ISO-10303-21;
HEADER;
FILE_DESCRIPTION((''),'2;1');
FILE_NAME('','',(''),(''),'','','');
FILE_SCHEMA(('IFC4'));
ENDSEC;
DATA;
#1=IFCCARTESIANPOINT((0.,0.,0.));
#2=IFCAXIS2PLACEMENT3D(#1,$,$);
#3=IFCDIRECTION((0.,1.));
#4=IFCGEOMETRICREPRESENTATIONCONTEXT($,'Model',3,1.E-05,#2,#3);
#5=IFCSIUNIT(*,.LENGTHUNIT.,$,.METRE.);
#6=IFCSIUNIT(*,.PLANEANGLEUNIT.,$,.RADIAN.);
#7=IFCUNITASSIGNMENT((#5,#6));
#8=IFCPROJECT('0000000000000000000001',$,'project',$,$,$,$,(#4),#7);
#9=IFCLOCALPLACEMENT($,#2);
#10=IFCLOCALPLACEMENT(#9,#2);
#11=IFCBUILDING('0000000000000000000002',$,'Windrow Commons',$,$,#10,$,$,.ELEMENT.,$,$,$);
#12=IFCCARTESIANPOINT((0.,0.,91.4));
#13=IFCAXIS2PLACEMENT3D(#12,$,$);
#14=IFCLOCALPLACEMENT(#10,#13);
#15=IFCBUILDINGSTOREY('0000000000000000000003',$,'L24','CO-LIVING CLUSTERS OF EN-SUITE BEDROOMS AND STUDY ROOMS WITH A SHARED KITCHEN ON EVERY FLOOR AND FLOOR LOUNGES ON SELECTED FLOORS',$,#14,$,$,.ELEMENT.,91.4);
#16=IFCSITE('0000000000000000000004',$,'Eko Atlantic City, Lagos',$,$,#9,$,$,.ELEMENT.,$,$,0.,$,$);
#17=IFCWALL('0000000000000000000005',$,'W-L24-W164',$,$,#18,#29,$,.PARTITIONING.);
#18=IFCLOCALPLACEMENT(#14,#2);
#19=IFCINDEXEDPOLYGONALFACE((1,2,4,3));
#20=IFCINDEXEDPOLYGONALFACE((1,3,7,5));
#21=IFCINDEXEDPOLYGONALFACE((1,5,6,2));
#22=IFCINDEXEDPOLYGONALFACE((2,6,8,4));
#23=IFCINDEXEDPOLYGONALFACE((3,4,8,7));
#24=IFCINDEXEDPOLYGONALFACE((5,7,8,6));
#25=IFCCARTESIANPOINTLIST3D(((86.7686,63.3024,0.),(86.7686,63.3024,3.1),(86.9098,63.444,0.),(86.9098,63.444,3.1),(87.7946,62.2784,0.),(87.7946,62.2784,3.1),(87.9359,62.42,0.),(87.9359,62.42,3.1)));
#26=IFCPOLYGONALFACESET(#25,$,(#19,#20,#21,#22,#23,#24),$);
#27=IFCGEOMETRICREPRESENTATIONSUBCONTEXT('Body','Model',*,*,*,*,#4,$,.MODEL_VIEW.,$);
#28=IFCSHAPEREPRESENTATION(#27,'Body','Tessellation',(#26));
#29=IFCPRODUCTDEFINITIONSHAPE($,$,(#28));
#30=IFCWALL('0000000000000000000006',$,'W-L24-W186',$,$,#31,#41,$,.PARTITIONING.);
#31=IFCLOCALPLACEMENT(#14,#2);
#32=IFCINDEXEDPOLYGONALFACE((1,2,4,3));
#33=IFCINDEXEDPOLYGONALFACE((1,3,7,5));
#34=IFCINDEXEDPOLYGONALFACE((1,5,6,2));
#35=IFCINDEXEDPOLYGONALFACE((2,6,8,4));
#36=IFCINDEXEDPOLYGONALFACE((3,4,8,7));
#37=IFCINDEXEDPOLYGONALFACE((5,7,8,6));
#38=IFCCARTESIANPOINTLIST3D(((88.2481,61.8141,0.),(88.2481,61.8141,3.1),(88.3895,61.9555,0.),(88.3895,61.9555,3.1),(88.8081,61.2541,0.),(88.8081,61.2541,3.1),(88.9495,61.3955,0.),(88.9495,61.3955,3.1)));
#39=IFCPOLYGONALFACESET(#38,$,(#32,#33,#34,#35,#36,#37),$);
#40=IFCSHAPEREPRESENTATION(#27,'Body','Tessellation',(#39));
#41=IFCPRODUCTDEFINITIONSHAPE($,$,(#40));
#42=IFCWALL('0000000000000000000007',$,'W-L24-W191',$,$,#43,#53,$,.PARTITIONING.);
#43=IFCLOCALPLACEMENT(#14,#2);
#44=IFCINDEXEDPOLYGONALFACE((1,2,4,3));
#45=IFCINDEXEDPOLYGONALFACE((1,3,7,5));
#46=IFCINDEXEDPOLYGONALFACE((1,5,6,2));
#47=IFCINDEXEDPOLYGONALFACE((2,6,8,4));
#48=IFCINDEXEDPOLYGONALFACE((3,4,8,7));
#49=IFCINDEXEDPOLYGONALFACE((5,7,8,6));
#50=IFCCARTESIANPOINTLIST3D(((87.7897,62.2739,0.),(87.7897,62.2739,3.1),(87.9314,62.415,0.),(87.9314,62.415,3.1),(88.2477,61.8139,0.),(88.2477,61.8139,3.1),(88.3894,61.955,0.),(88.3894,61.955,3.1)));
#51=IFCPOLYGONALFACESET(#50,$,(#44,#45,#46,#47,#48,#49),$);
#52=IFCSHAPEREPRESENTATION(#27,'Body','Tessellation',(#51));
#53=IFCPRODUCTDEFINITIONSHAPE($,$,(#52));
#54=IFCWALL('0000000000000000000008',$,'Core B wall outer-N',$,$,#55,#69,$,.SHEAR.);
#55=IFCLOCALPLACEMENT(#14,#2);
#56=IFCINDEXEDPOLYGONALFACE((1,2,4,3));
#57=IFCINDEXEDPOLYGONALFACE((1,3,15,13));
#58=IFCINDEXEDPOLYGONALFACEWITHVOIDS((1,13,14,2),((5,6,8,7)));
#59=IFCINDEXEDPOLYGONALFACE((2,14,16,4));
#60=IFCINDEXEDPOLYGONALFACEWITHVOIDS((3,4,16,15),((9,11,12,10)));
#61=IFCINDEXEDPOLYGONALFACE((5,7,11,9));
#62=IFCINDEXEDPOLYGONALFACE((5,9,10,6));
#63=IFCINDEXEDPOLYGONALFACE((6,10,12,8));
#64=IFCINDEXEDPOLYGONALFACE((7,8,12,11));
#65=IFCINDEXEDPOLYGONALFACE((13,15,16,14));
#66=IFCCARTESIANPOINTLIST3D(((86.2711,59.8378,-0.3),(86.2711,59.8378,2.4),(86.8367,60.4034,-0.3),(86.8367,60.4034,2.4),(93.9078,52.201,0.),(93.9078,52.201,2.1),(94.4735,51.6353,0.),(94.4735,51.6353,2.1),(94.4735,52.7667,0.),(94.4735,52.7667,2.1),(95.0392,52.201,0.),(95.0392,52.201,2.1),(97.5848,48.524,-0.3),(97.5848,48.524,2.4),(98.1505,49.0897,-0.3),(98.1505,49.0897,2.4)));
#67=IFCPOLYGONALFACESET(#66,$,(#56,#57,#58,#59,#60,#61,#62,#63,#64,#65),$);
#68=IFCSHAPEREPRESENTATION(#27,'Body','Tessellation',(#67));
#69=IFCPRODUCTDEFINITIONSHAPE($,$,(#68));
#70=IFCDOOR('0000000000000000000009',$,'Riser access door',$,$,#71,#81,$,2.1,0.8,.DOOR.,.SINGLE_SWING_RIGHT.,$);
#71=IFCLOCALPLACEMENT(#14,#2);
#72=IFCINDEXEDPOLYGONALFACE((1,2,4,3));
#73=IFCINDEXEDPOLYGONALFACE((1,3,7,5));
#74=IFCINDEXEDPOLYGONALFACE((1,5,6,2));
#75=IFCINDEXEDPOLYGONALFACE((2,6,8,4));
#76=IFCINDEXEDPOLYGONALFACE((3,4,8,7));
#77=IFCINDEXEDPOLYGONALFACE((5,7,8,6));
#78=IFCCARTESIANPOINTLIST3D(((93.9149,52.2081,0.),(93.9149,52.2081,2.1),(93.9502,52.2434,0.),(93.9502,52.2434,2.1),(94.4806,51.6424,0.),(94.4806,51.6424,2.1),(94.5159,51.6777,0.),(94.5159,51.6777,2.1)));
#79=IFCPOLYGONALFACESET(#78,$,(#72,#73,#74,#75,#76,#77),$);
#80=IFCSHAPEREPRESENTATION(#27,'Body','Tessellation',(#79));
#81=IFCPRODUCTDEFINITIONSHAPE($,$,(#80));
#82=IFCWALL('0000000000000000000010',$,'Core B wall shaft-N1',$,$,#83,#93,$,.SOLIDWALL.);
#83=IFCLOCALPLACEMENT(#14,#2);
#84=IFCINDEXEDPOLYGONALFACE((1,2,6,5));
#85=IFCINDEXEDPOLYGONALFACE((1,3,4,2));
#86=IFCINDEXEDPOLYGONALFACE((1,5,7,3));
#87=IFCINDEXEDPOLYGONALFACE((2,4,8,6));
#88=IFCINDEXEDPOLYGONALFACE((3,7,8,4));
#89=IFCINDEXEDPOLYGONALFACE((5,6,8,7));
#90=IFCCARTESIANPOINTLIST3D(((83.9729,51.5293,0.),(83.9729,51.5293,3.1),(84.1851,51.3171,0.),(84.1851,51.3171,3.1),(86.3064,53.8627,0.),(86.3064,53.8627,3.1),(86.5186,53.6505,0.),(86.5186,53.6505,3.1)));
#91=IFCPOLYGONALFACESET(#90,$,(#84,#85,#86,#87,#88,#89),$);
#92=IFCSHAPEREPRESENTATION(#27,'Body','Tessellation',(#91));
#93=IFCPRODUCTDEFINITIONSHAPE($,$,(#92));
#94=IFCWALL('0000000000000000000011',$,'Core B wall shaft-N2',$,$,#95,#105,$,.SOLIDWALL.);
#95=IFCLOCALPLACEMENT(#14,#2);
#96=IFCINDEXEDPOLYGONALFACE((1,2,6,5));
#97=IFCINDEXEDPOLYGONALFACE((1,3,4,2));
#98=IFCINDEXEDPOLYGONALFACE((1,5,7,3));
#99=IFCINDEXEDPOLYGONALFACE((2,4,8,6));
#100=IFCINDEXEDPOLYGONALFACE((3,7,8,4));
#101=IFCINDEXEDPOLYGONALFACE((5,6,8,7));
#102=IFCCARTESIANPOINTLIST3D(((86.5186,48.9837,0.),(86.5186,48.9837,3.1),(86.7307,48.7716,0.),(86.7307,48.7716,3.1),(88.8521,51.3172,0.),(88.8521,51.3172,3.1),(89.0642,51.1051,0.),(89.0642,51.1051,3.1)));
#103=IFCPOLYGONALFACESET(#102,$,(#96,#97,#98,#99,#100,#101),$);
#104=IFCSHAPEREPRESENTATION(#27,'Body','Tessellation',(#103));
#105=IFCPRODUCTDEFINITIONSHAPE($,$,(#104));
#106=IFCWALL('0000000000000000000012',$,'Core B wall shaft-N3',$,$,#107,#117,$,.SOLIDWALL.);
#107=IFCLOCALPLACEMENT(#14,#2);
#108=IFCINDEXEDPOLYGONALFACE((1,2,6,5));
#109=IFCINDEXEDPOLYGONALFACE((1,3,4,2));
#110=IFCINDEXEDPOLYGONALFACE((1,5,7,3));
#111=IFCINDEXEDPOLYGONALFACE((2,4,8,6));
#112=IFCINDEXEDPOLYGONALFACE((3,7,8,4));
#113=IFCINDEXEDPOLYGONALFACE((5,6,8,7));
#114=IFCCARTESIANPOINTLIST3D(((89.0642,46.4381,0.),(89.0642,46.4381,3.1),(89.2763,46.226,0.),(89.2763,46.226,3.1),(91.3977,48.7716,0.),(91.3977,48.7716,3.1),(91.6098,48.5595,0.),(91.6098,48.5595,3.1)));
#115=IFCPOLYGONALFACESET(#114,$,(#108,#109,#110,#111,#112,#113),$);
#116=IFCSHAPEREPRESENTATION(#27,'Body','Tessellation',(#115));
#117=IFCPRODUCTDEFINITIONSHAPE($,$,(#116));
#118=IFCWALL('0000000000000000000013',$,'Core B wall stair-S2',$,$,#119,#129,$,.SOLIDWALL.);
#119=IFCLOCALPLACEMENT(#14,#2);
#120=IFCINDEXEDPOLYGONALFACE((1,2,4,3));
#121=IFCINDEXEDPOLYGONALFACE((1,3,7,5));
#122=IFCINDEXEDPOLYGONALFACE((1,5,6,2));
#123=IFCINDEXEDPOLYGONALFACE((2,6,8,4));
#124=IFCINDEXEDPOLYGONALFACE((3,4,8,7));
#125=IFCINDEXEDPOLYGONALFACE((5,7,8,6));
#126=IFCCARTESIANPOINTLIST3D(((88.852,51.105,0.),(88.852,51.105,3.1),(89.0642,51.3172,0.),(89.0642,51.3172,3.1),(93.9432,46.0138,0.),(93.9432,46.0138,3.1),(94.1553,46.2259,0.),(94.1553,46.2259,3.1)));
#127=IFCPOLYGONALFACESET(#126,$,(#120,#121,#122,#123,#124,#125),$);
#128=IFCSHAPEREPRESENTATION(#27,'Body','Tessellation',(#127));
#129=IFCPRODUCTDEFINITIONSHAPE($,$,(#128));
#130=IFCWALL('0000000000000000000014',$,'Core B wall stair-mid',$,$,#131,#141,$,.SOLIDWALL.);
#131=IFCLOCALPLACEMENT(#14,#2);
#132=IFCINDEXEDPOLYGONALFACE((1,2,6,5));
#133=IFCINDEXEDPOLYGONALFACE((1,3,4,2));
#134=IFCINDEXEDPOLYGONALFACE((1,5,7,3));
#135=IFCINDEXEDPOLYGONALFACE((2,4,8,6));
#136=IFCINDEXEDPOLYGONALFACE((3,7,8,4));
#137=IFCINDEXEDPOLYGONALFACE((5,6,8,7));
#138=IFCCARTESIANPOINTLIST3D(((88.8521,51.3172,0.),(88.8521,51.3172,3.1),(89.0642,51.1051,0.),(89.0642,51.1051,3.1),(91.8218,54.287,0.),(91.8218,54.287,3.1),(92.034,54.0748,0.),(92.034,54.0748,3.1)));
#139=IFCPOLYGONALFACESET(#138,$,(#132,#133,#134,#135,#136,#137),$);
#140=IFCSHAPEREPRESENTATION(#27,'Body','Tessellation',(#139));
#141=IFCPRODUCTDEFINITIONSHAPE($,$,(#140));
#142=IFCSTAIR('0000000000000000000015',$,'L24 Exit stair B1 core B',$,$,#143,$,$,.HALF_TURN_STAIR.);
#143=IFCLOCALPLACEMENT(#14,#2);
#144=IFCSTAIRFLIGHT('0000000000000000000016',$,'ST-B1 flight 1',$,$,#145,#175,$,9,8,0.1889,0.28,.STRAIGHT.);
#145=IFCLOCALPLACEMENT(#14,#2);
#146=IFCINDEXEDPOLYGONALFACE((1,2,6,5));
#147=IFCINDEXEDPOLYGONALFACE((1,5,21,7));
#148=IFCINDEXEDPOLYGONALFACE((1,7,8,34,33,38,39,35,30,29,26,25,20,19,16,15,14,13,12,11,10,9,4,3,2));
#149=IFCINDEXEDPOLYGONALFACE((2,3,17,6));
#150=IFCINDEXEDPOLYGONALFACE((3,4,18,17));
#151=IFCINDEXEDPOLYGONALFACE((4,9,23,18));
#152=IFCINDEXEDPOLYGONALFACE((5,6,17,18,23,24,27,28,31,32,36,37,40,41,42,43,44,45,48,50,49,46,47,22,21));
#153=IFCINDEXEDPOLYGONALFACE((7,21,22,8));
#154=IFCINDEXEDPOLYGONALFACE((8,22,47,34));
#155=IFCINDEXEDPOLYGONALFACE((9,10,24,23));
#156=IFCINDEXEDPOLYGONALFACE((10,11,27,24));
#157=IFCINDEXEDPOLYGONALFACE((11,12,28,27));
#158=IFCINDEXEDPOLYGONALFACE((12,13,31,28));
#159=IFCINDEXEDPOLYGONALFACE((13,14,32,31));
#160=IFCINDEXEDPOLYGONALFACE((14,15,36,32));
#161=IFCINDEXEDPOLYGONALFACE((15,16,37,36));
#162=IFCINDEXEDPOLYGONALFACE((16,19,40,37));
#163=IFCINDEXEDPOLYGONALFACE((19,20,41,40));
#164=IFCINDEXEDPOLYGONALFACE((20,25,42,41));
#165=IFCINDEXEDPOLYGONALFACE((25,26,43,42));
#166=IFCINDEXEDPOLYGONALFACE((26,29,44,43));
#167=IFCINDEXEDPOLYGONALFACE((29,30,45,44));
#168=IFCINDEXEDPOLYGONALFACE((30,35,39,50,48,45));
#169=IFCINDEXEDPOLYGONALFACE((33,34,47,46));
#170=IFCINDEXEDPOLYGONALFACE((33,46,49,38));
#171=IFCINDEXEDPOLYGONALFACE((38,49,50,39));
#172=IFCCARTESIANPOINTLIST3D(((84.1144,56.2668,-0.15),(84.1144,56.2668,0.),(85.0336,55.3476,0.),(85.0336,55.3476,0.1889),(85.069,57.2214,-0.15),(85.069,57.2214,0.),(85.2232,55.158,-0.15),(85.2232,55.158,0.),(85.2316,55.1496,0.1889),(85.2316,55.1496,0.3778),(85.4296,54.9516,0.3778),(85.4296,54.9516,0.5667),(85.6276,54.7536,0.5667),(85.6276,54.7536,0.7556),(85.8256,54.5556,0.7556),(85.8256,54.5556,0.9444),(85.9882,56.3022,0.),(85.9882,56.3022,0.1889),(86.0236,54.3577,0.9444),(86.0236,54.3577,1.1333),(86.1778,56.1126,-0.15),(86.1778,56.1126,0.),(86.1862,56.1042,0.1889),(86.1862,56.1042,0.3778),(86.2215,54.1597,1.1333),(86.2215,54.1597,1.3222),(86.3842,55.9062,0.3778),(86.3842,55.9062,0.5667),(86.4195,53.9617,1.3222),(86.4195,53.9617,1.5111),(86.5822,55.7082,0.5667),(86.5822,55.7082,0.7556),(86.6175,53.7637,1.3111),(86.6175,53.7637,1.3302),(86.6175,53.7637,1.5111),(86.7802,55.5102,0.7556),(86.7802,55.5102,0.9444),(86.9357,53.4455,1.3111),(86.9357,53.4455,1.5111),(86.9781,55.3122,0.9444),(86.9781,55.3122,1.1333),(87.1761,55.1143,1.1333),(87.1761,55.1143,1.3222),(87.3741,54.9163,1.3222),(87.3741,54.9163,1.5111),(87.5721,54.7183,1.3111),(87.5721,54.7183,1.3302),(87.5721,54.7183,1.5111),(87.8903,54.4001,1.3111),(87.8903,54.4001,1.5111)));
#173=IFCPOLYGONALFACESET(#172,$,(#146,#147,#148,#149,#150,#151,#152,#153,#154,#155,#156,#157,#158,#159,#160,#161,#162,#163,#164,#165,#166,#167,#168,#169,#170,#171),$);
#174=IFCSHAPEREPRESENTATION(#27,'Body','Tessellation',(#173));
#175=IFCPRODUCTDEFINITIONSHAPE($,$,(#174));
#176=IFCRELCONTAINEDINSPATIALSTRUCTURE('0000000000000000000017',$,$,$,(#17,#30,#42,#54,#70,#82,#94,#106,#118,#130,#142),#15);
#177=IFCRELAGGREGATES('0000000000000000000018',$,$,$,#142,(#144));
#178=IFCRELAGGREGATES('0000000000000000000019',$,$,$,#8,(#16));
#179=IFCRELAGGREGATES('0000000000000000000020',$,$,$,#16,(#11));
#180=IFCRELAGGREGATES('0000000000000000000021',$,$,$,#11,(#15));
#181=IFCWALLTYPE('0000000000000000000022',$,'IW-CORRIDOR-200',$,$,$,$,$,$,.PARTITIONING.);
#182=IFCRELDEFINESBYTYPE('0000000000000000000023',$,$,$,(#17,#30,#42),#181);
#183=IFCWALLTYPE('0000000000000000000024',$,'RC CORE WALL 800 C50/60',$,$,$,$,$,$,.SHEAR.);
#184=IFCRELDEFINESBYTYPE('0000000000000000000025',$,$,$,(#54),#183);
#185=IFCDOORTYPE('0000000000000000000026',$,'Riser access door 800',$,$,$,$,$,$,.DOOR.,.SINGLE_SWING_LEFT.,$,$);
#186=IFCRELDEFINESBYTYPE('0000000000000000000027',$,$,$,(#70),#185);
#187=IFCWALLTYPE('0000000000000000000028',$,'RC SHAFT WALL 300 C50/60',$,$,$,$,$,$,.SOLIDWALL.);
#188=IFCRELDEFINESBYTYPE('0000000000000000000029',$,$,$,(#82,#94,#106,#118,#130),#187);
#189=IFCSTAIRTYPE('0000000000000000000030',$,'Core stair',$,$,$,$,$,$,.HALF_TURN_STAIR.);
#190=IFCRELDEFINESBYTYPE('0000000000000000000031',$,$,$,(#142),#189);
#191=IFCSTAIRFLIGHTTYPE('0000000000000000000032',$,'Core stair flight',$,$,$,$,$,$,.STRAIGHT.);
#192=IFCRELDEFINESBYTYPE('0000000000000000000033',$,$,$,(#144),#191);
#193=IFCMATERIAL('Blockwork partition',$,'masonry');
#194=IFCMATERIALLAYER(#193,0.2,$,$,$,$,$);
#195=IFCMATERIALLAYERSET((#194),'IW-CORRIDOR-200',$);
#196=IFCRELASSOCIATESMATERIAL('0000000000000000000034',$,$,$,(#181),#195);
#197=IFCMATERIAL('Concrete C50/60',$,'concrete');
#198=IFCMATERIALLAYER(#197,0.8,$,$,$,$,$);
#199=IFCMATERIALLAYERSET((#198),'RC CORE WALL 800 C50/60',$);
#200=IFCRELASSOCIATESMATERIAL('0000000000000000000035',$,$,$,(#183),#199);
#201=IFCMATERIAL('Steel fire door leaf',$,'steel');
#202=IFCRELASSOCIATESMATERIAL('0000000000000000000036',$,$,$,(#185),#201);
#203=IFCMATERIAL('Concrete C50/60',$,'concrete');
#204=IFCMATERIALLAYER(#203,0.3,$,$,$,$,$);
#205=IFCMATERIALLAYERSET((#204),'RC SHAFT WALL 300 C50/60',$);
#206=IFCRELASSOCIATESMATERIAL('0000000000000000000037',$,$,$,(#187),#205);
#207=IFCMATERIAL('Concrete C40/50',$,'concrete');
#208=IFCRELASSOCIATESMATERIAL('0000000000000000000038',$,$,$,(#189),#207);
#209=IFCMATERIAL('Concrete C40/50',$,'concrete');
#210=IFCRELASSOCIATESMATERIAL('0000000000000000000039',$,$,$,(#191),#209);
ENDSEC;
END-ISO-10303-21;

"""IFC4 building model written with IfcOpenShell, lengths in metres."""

from ifc_helpers import new_model, si_unit, direction, frame, frame_2d, origin, place, context, subcontext, project, spatial, polyline, rectangle, outline, extrude, material, layer, layer_set, type_object, element, fill, aggregate, save


model = new_model("IFC4")

# Units and contexts
model_context = context("Model", 3, precision=1e-05, world=origin(), true_north=direction((0.0, 1.0)))
body_context = subcontext(model_context, "Body", "Model", "MODEL_VIEW")
ifc_project = project(units=[si_unit("LENGTHUNIT", "METRE"), si_unit("PLANEANGLEUNIT", "RADIAN")], contexts=[model_context])

# Site, building, storey
site_placement = place(None, origin())
site = spatial("IfcSite", under=ifc_project, at=site_placement, Name="Eko Atlantic City, Lagos", CompositionType="ELEMENT", RefElevation=0.0)
building_placement = place(site_placement, origin())
building = spatial("IfcBuilding", under=site, at=building_placement, Name="Windrow Commons", CompositionType="ELEMENT")
storey_placement = place(building_placement, frame((0.0, 0.0, 91.4)))
storey = spatial("IfcBuildingStorey", under=building, at=storey_placement, Name="L24", Description="CO-LIVING CLUSTERS OF EN-SUITE BEDROOMS AND STUDY ROOMS WITH A SHARED KITCHEN ON EVERY FLOOR AND FLOOR LOUNGES ON SELECTED FLOORS", CompositionType="ELEMENT", Elevation=91.4)

# Walls
ifc_material_1 = material(Name="Blockwork partition", Category="masonry")
ifc_layer_1 = layer(ifc_material_1, 0.2)
ifc_layer_set_1 = layer_set([ifc_layer_1], Name="IW-CORRIDOR-200")
wall_type_1 = type_object("IfcWallType", Name="IW-CORRIDOR-200", PredefinedType="PARTITIONING", material=ifc_layer_set_1)
wall_1_placement = place(storey_placement, frame((86.8392, 63.3732, 0.0), z_axis=(0.0, 0.0, 1.0), x_axis=(0.707796, -0.706417, 0.0)))
element("IfcWall", 1, at=wall_1_placement, inside=storey, type_object=wall_type_1, Name="W-L24-W164", PredefinedType="PARTITIONING", context=body_context, shape_type="SweptSolid", body=[
    extrude(rectangle(XDim=1.4496, YDim=0.2, at=frame_2d((0.7248, 0.0))), origin(), (0.0, 0.0, 1.0), 3.1),
])
wall_2_placement = place(storey_placement, frame((88.3188, 61.8848, 0.0), z_axis=(0.0, 0.0, 1.0), x_axis=(0.707107, -0.707107, 0.0)))
element("IfcWall", 2, at=wall_2_placement, inside=storey, type_object=wall_type_1, Name="W-L24-W186", PredefinedType="PARTITIONING", context=body_context, shape_type="SweptSolid", body=[
    extrude(rectangle(XDim=0.792, YDim=0.2, at=frame_2d((0.396, 0.0))), origin(), (0.0, 0.0, 1.0), 3.1),
])
wall_3_placement = place(storey_placement, frame((87.8605, 62.3445, 0.0), z_axis=(0.0, 0.0, 1.0), x_axis=(0.705565, -0.708646, 0.0)))
element("IfcWall", 3, at=wall_3_placement, inside=storey, type_object=wall_type_1, Name="W-L24-W191", PredefinedType="PARTITIONING", context=body_context, shape_type="SweptSolid", body=[
    extrude(rectangle(XDim=0.6491, YDim=0.2, at=frame_2d((0.3246, 0.0))), origin(), (0.0, 0.0, 1.0), 3.1),
])

# Wall, opening, door
ifc_material_2 = material(Name="Concrete C50/60", Category="concrete")
ifc_layer_2 = layer(ifc_material_2, 0.8)
ifc_layer_set_2 = layer_set([ifc_layer_2], Name="RC CORE WALL 800 C50/60")
wall_type_2 = type_object("IfcWallType", Name="RC CORE WALL 800 C50/60", PredefinedType="SHEAR", material=ifc_layer_set_2)
wall_4_placement = place(storey_placement, frame((86.5539, 60.1206, -0.3), z_axis=(0.0, 0.0, 1.0), x_axis=(0.707107, -0.707107, 0.0)))
wall_4 = element("IfcWall", 4, at=wall_4_placement, inside=storey, type_object=wall_type_2, Name="Core B wall outer-N", PredefinedType="SHEAR", context=body_context, shape_type="SweptSolid", body=[
    extrude(rectangle(XDim=16.0, YDim=0.8, at=frame_2d((8.0, 0.0))), origin(), (0.0, 0.0, 1.0), 2.7),
])
opening_1_placement = place(wall_4_placement, frame((10.8, 0.0, 0.3)))
opening_1 = element("IfcOpeningElement", 5, at=opening_1_placement, cuts=wall_4, PredefinedType="OPENING", context=body_context, shape_type="SweptSolid", body=[
    extrude(rectangle(XDim=0.8, YDim=2.1, at=frame_2d((0.4, 1.05))), frame((0.0, 0.41, 0.0), z_axis=(0.0, -1.0, 0.0), x_axis=(1.0, 0.0, 0.0)), (0.0, 0.0, 1.0), 0.82),
])
ifc_material_3 = material(Name="Steel fire door leaf", Category="steel")
door_type = type_object("IfcDoorType", Name="Riser access door 800", OperationType="SINGLE_SWING_LEFT", PredefinedType="DOOR", material=ifc_material_3)
door_placement = place(opening_1_placement, origin())
door = element("IfcDoor", 6, at=door_placement, inside=storey, type_object=door_type, Name="Riser access door", OperationType="SINGLE_SWING_RIGHT", OverallHeight=2.1, OverallWidth=0.8, PredefinedType="DOOR", context=body_context, shape_type="SweptSolid", body=[
    extrude(rectangle(XDim=0.8, YDim=2.1, at=frame_2d((0.4, 1.05))), frame((0.0, -0.34, 0.0), z_axis=(0.0, -1.0, 0.0), x_axis=(1.0, 0.0, 0.0)), (0.0, 0.0, 1.0), 0.05),
])
fill(opening_1, door)

# Walls
ifc_material_4 = material(Name="Concrete C50/60", Category="concrete")
ifc_layer_3 = layer(ifc_material_4, 0.3)
ifc_layer_set_3 = layer_set([ifc_layer_3], Name="RC SHAFT WALL 300 C50/60")
wall_type_3 = type_object("IfcWallType", Name="RC SHAFT WALL 300 C50/60", PredefinedType="SOLIDWALL", material=ifc_layer_set_3)
wall_5_placement = place(storey_placement, frame((84.079, 51.4232, 0.0), z_axis=(0.0, 0.0, 1.0), x_axis=(0.707122, 0.707092, 0.0)))
element("IfcWall", 7, at=wall_5_placement, inside=storey, type_object=wall_type_3, Name="Core B wall shaft-N1", PredefinedType="SOLIDWALL", context=body_context, shape_type="SweptSolid", body=[
    extrude(rectangle(XDim=3.3, YDim=0.3, at=frame_2d((1.65, 0.0))), origin(), (0.0, 0.0, 1.0), 3.1),
])
for number, where, z_axis, x_axis, name in (
    (8, (86.6246, 48.8776, 0.0), (0.0, 0.0, 1.0), (0.707107, 0.707107, 0.0), "Core B wall shaft-N2"),
    (9, (89.1702, 46.332, 0.0), (0.0, 0.0, 1.0), (0.707107, 0.707107, 0.0), "Core B wall shaft-N3"),
):
    element("IfcWall", number, at=place(storey_placement, frame(where, z_axis=z_axis, x_axis=x_axis)), inside=storey, type_object=wall_type_3, Name=name, PredefinedType="SOLIDWALL", context=body_context, shape_type="SweptSolid", body=[
        extrude(rectangle(XDim=3.3001, YDim=0.3, at=frame_2d((1.6501, 0.0))), origin(), (0.0, 0.0, 1.0), 3.1),
    ])
wall_6_placement = place(storey_placement, frame((88.9581, 51.2111, 0.0), z_axis=(0.0, 0.0, 1.0), x_axis=(0.7071, -0.707114, 0.0)))
element("IfcWall", 10, at=wall_6_placement, inside=storey, type_object=wall_type_3, Name="Core B wall stair-S2", PredefinedType="SOLIDWALL", context=body_context, shape_type="SweptSolid", body=[
    extrude(rectangle(XDim=7.2, YDim=0.3, at=frame_2d((3.6, 0.0))), origin(), (0.0, 0.0, 1.0), 3.1),
])
wall_7_placement = place(storey_placement, frame((88.9581, 51.2111, 0.0), z_axis=(0.0, 0.0, 1.0), x_axis=(0.707107, 0.707107, 0.0)))
element("IfcWall", 11, at=wall_7_placement, inside=storey, type_object=wall_type_3, Name="Core B wall stair-mid", PredefinedType="SOLIDWALL", context=body_context, shape_type="SweptSolid", body=[
    extrude(rectangle(XDim=4.1999, YDim=0.3, at=frame_2d((2.1, 0.0))), origin(), (0.0, 0.0, 1.0), 3.1),
])

# Stair, stair flight
ifc_material_5 = material(Name="Concrete C40/50", Category="concrete")
stair_type = type_object("IfcStairType", Name="Core stair", PredefinedType="HALF_TURN_STAIR", material=ifc_material_5)
stair_placement = place(storey_placement, origin())
stair = element("IfcStair", 12, at=stair_placement, inside=storey, type_object=stair_type, Name="L24 Exit stair B1 core B", PredefinedType="HALF_TURN_STAIR")
ifc_material_6 = material(Name="Concrete C40/50", Category="concrete")
stair_flight_type = type_object("IfcStairFlightType", Name="Core stair flight", PredefinedType="STRAIGHT", material=ifc_material_6)
stair_flight_1_placement = place(storey_placement, frame((85.5109, 55.8249, 0.0), z_axis=(0.0, 0.0, 1.0), x_axis=(0.707107, -0.707107, 0.0)))
stair_flight_1 = element("IfcStairFlight", 13, at=stair_flight_1_placement, type_object=stair_flight_type, Name="ST-B1 flight 1", NumberOfRisers=9, NumberOfTreads=8, PredefinedType="STRAIGHT", RiserHeight=0.1889, TreadLength=0.28, context=body_context, shape_type="SweptSolid", body=[
    extrude(outline(polyline([(-1.3, -0.15), (-1.3, 0.0), (0.0, 0.0), (0.0, 0.1889), (0.28, 0.1889), (0.28, 0.3778), (0.56, 0.3778), (0.56, 0.5667), (0.84, 0.5667), (0.84, 0.7556), (1.12, 0.7556), (1.12, 0.9444), (1.4, 0.9444), (1.4, 1.1333), (1.68, 1.1333), (1.68, 1.3222), (1.96, 1.3222), (1.96, 1.5111), (2.24, 1.5111), (2.69, 1.5111), (2.69, 1.3111), (2.24, 1.3111), (2.24, 1.3302), (0.2682, 0.0), (0.2682, -0.15), (-1.3, -0.15)])), frame((0.0, 0.675, 0.0), z_axis=(0.0, -1.0, 0.0), x_axis=(1.0, 0.0, 0.0)), (0.0, 0.0, 1.0), 1.35),
])
aggregate(stair, [stair_flight_1])

save(model, "model.ifc")
